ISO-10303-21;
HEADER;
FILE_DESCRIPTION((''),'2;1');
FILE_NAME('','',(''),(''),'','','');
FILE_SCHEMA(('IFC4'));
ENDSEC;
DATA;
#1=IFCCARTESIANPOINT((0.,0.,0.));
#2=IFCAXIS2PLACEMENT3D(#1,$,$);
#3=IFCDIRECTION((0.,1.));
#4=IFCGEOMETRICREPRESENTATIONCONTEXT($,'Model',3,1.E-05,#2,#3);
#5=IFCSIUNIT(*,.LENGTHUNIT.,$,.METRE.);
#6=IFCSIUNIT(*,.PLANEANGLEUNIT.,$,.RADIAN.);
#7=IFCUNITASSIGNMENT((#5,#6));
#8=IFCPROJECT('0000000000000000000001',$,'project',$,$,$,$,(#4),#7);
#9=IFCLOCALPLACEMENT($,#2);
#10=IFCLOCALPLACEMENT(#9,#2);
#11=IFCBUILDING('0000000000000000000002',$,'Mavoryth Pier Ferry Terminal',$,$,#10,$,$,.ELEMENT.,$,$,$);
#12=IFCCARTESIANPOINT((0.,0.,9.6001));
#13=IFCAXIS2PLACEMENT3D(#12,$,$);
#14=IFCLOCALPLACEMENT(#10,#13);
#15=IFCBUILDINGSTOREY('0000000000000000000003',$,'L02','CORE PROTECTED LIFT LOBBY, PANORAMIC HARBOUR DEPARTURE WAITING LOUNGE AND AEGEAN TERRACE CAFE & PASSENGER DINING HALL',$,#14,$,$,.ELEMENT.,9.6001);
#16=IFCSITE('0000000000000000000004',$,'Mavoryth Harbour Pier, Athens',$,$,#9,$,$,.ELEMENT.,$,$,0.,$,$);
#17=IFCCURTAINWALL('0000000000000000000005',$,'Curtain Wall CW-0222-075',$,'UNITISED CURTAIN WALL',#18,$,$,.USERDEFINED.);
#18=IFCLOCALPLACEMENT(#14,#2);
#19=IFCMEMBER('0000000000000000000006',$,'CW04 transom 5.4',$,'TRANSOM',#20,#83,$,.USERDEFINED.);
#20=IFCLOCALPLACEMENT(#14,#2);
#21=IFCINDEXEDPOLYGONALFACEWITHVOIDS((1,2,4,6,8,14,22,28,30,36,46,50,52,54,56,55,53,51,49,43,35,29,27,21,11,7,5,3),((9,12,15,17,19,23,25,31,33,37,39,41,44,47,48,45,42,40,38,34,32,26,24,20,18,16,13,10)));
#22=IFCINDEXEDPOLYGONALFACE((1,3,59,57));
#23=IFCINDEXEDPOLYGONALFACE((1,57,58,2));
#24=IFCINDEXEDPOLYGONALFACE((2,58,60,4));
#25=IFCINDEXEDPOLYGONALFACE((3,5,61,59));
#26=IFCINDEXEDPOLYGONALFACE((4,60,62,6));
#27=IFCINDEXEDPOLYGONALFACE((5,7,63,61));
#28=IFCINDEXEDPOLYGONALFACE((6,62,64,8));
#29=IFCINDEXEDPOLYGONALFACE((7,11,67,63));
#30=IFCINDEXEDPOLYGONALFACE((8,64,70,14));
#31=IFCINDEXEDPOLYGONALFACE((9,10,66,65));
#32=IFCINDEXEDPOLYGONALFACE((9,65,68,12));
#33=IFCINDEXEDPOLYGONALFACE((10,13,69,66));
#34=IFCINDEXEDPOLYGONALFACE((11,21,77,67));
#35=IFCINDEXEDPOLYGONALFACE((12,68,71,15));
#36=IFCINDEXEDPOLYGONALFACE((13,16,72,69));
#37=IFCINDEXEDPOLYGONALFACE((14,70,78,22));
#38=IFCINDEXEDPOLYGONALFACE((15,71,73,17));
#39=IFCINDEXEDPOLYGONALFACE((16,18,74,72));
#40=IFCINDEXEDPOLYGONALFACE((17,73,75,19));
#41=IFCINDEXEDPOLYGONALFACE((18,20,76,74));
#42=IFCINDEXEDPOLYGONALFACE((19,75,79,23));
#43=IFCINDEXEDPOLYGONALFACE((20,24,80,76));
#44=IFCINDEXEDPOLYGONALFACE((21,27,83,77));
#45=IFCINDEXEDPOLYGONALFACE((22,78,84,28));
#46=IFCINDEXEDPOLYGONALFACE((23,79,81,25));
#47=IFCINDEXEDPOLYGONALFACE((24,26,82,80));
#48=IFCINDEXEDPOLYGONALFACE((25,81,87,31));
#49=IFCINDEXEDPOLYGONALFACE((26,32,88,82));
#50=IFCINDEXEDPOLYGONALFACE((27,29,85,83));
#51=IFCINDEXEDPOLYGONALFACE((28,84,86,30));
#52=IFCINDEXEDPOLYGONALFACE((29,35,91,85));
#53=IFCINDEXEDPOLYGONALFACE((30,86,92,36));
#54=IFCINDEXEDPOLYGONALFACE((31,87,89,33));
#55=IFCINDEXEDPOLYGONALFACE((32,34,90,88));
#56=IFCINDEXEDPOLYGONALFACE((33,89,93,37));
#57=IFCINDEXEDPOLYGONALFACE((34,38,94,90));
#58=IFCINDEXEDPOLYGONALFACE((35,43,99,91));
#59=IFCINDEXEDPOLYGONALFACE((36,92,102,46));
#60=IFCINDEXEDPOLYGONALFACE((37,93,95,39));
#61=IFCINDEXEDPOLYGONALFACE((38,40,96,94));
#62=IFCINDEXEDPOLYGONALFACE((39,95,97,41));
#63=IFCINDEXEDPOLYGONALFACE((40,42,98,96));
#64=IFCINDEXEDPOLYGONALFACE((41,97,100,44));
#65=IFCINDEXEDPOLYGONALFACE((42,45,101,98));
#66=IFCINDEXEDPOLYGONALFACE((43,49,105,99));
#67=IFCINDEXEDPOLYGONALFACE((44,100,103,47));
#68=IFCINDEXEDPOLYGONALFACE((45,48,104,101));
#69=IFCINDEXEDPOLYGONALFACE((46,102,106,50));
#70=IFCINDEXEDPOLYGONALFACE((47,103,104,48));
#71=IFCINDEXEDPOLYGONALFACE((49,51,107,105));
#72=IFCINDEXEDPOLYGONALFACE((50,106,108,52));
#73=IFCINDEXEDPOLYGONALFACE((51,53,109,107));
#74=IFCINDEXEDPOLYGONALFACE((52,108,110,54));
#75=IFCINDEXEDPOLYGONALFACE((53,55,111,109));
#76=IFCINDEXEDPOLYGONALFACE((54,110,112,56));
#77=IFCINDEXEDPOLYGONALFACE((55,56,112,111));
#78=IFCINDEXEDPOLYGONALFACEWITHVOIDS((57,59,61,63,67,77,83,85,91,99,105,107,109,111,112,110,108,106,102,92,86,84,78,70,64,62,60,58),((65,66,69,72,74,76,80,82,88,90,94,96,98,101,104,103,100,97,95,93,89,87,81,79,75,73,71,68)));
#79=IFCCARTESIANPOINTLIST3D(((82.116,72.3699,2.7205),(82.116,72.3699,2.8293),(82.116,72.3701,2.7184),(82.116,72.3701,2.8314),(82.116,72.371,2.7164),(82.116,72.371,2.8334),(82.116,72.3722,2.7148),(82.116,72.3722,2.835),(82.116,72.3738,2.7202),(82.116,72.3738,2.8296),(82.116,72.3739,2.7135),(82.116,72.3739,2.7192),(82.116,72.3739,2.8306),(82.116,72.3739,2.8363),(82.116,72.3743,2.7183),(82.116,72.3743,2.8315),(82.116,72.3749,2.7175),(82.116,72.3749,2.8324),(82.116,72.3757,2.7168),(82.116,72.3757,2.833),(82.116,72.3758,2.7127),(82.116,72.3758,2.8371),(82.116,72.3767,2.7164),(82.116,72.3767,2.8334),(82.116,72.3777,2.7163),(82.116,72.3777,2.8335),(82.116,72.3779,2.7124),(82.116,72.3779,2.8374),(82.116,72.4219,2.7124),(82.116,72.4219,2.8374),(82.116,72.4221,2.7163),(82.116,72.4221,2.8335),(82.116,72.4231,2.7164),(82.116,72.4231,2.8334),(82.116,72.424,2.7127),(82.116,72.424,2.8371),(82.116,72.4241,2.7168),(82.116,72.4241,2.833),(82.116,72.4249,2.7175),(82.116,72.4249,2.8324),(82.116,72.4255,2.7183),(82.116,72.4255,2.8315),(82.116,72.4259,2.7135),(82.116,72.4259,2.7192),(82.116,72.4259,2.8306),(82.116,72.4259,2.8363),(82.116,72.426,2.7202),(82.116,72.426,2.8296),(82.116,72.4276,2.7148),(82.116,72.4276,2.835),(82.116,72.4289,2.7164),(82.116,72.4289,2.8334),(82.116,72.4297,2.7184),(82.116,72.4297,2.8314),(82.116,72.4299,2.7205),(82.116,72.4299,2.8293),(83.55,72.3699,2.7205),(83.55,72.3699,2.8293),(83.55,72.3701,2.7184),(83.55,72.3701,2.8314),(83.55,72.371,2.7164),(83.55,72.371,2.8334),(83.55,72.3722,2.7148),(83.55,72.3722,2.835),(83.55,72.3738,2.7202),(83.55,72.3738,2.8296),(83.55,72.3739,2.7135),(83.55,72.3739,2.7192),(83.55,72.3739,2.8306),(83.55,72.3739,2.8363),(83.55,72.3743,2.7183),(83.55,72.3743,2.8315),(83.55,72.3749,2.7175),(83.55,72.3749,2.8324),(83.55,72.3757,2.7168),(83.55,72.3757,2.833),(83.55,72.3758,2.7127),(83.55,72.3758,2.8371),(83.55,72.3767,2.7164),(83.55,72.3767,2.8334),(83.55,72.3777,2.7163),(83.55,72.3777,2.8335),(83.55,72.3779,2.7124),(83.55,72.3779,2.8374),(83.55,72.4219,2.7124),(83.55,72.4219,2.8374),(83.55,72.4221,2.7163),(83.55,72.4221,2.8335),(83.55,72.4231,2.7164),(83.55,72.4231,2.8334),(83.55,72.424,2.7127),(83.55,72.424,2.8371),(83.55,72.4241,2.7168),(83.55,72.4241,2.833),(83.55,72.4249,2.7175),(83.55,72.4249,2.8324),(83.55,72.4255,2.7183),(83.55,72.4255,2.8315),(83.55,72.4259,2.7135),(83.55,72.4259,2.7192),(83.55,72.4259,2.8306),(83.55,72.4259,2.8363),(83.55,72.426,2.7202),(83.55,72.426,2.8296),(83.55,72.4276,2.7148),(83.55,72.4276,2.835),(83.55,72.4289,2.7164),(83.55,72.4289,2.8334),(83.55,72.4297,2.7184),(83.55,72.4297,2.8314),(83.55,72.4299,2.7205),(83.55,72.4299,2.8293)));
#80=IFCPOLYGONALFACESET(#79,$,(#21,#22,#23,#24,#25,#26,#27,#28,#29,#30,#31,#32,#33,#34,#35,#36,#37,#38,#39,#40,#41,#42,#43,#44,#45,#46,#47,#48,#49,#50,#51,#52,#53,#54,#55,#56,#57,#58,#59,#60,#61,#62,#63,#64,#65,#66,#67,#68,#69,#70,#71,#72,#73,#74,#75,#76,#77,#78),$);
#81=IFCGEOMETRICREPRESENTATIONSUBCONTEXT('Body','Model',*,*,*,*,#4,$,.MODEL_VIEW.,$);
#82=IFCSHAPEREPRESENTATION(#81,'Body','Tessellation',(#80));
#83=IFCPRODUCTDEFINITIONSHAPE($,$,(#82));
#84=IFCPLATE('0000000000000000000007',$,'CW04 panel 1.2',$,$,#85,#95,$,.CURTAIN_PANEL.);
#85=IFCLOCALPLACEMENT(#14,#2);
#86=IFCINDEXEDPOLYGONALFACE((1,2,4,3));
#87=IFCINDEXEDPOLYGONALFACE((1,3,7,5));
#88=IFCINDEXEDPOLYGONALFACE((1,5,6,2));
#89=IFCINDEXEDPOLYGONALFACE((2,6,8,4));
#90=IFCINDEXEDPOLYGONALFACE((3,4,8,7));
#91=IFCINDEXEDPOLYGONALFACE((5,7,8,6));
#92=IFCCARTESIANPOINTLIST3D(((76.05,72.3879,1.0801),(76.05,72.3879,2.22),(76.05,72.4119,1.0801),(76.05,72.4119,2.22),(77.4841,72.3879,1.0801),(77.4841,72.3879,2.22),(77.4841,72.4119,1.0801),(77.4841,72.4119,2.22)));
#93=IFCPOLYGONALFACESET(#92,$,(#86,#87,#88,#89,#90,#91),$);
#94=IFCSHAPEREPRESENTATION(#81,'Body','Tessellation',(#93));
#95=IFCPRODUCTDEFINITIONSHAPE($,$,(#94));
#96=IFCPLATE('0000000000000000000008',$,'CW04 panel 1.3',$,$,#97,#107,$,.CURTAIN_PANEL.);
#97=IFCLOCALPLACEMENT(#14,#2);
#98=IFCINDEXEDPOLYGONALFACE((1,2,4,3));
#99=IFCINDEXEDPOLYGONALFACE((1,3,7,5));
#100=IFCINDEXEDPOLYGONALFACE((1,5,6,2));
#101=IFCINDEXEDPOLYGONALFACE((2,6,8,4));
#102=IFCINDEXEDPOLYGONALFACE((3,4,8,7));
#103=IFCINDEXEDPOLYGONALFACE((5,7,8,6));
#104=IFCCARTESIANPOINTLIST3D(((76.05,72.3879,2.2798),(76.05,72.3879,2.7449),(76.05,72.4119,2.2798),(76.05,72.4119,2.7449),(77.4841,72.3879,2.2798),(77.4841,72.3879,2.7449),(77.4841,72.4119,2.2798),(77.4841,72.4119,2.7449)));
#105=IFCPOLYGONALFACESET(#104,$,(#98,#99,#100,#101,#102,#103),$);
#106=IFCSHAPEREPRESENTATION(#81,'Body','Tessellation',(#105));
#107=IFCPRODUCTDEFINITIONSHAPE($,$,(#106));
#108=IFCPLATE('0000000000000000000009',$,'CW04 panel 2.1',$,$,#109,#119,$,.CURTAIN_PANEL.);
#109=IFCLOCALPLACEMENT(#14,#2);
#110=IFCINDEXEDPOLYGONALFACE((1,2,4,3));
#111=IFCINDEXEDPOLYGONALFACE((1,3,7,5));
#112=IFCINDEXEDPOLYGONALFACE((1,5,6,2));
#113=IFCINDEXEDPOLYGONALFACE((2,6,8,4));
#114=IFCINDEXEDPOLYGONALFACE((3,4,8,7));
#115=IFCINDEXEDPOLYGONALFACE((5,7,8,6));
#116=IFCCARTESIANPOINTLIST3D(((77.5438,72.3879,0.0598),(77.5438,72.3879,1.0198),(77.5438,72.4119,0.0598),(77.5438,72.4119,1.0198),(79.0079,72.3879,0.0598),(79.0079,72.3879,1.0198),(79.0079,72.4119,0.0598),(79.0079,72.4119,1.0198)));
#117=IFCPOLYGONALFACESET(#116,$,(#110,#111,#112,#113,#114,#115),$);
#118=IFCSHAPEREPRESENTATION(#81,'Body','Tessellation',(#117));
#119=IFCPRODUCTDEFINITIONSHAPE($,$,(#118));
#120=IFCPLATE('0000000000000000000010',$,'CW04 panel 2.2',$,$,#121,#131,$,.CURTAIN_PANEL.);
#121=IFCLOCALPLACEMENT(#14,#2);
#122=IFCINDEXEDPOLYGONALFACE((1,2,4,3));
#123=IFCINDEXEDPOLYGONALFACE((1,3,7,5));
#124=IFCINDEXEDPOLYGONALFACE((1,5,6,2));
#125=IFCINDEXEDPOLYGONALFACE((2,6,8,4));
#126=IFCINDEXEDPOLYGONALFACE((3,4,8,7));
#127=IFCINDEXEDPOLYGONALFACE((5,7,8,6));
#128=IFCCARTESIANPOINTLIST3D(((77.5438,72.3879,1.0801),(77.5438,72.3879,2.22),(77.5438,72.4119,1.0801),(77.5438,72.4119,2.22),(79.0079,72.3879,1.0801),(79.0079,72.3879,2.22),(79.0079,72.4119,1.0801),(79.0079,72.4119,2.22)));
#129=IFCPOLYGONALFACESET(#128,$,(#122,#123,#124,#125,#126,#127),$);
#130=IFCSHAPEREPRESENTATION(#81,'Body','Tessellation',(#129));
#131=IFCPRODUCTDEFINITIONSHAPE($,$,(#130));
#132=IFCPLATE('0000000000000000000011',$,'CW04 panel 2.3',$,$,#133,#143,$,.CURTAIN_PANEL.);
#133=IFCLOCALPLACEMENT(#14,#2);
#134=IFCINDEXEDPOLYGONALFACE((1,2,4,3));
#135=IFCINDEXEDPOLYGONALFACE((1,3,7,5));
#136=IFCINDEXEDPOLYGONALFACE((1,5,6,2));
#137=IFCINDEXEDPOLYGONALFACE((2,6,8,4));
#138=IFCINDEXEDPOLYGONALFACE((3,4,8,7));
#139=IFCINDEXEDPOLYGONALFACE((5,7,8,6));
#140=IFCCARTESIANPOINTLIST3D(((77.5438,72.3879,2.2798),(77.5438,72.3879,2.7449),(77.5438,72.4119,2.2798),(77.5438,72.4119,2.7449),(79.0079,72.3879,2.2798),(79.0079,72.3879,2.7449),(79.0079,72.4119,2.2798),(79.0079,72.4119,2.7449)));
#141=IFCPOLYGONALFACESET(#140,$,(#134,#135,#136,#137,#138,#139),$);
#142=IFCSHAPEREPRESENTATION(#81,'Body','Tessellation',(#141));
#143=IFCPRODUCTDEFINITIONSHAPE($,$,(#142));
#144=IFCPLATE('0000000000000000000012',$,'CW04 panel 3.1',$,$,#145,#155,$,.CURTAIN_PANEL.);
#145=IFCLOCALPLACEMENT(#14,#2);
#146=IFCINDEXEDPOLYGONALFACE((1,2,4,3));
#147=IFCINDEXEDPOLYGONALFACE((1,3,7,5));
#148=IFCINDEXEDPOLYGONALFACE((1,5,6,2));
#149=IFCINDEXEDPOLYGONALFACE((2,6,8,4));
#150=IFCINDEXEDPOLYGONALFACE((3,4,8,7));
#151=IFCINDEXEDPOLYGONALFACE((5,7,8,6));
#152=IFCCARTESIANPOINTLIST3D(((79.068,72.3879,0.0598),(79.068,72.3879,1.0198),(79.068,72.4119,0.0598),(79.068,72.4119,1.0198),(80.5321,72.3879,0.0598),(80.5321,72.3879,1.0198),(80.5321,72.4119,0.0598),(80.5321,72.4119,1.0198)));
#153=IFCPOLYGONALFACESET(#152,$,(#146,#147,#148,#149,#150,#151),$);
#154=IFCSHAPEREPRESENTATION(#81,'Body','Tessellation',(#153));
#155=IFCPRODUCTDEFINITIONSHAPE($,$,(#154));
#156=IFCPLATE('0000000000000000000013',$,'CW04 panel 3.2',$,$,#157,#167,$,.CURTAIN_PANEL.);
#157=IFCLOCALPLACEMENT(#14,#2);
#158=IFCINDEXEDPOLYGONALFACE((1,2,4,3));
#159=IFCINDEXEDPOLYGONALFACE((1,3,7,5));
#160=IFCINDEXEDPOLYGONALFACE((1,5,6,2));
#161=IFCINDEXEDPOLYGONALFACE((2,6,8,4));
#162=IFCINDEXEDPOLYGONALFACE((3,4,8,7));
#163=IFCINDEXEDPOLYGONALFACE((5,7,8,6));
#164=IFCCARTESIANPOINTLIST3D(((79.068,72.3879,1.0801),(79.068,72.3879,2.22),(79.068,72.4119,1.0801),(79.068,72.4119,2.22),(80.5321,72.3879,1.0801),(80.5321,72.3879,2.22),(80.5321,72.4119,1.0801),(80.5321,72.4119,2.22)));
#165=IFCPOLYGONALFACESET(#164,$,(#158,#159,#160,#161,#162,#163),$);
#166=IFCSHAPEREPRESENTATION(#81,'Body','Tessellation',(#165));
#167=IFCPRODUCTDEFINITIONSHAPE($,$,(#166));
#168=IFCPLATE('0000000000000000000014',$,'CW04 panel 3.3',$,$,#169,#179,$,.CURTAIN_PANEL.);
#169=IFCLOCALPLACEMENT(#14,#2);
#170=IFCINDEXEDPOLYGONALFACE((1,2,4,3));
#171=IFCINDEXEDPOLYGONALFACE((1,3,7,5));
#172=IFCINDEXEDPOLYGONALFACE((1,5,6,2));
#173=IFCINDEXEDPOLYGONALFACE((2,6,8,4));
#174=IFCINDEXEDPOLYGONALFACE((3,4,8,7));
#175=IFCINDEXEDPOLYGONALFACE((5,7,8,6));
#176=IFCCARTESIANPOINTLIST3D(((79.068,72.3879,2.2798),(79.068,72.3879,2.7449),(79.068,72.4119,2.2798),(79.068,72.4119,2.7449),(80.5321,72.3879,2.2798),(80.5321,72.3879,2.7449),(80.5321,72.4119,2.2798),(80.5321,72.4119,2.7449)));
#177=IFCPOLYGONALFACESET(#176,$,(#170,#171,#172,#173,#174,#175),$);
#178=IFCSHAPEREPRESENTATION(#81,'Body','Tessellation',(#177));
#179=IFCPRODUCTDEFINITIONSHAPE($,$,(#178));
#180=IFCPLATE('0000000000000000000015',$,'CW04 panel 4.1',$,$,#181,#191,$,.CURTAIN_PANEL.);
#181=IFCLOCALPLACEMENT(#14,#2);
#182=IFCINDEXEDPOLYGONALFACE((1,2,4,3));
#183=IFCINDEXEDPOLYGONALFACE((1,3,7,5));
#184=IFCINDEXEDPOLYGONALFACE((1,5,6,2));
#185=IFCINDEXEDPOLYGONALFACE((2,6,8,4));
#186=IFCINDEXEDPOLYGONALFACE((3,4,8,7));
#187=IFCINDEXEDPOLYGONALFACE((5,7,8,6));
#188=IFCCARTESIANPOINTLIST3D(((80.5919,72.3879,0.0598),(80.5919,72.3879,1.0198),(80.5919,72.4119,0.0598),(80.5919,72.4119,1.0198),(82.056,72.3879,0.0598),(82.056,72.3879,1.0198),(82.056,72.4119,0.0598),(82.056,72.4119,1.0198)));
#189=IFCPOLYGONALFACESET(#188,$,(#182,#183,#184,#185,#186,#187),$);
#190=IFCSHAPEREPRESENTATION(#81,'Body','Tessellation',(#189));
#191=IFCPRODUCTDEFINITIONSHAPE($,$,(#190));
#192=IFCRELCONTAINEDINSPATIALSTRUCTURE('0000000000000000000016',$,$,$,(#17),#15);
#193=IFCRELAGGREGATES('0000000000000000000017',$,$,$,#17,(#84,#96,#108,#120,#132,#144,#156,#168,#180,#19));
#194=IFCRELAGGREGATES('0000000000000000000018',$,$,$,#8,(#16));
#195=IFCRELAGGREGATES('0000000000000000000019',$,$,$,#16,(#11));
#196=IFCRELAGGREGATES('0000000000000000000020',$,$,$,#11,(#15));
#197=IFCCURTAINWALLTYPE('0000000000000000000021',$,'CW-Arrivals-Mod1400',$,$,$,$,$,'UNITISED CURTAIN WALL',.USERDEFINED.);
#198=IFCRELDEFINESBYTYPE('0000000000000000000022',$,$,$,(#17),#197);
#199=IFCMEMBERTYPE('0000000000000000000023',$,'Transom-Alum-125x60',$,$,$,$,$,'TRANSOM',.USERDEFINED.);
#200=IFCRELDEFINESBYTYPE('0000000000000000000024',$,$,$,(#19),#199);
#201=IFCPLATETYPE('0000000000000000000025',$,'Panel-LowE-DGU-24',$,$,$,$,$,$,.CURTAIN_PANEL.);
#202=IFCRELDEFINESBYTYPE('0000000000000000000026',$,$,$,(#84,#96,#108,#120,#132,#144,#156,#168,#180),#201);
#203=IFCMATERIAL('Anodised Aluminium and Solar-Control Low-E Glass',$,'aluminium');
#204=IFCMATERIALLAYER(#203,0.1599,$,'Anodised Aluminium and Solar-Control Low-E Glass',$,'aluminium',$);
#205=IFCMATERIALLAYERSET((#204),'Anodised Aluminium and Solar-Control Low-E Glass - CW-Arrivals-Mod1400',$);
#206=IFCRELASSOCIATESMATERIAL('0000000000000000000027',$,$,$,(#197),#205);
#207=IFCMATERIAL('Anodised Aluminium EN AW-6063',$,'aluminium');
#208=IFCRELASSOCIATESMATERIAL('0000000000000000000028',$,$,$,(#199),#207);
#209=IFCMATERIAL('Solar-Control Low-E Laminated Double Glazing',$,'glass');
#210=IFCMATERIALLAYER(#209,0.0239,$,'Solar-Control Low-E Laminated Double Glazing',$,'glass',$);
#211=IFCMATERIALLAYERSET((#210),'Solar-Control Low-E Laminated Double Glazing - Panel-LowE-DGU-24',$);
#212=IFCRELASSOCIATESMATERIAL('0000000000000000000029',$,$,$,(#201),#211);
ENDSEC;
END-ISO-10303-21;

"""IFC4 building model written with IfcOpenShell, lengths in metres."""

from ifc_helpers import new_model, si_unit, direction, frame, origin, origin_2d, place, context, subcontext, project, spatial, rectangle, hollow_rectangle, extrude, material, layer, layer_set, material_profile, profile_set, type_object, element, aggregate, save


model = new_model("IFC4")

# Units and contexts
model_context = context("Model", 3, precision=1e-05, world=origin(), true_north=direction((0.0, 1.0)))
body_context = subcontext(model_context, "Body", "Model", "MODEL_VIEW")
ifc_project = project(units=[si_unit("LENGTHUNIT", "METRE"), si_unit("PLANEANGLEUNIT", "RADIAN")], contexts=[model_context])

# Site, building, storey
site_placement = place(None, origin())
site = spatial("IfcSite", under=ifc_project, at=site_placement, Name="Mavoryth Harbour Pier, Athens", CompositionType="ELEMENT", RefElevation=0.0)
building_placement = place(site_placement, origin())
building = spatial("IfcBuilding", under=site, at=building_placement, Name="Mavoryth Pier Ferry Terminal", CompositionType="ELEMENT")
storey_placement = place(building_placement, frame((0.0, 0.0, 9.6001)))
storey = spatial("IfcBuildingStorey", under=building, at=storey_placement, Name="L02", Description="CORE PROTECTED LIFT LOBBY, PANORAMIC HARBOUR DEPARTURE WAITING LOUNGE AND AEGEAN TERRACE CAFE & PASSENGER DINING HALL", CompositionType="ELEMENT", Elevation=9.6001)

# Curtain wall, member, plates
ifc_material_1 = material(Name="Anodised Aluminium and Solar-Control Low-E Glass", Category="aluminium")
ifc_layer_1 = layer(ifc_material_1, 0.1599, Name="Anodised Aluminium and Solar-Control Low-E Glass", Category="aluminium")
ifc_layer_set_1 = layer_set([ifc_layer_1], Name="Anodised Aluminium and Solar-Control Low-E Glass - CW-Arrivals-Mod1400")
curtain_wall_type = type_object("IfcCurtainWallType", Name="CW-Arrivals-Mod1400", ElementType="UNITISED CURTAIN WALL", PredefinedType="USERDEFINED", material=ifc_layer_set_1)
curtain_wall_placement = place(storey_placement, origin())
curtain_wall = element("IfcCurtainWall", 1, at=curtain_wall_placement, inside=storey, type_object=curtain_wall_type, Name="Curtain Wall CW-0222-075", ObjectType="UNITISED CURTAIN WALL", PredefinedType="USERDEFINED")
ifc_material_2 = material(Name="Anodised Aluminium EN AW-6063", Category="aluminium")
ifc_material_profile_1 = material_profile(ifc_material_2, hollow_rectangle(XDim=0.0601, YDim=0.125, WallThickness=0.0039, InnerFilletRadius=0.0039, OuterFilletRadius=0.0081, at=origin_2d()), Name="AL-TRAN 125x60x4", Category="aluminium")
ifc_profile_set_1 = profile_set([ifc_material_profile_1], Name="Anodised Aluminium EN AW-6063 - AL-TRAN 125x60x4")
member_type_1 = type_object("IfcMemberType", Name="Transom-Alum-125x60", ElementType="TRANSOM", PredefinedType="USERDEFINED", material=ifc_profile_set_1)
member_1_placement = place(storey_placement, frame((82.116, 72.3999, 2.7749), z_axis=(1.0, 0.0, 0.0), x_axis=(0.0, 1.0, 0.0)))
member_1 = element("IfcMember", 2, at=member_1_placement, type_object=member_type_1, Name="CW04 transom 5.4", ObjectType="TRANSOM", PredefinedType="USERDEFINED", context=body_context, shape_type="SweptSolid", body=[
    extrude(hollow_rectangle(XDim=0.0601, YDim=0.125, WallThickness=0.0039, InnerFilletRadius=0.0039, OuterFilletRadius=0.0081, at=origin_2d()), origin(), (0.0, 0.0, 1.0), 1.4341),
])
ifc_material_3 = material(Name="Solar-Control Low-E Laminated Double Glazing", Category="glass")
ifc_layer_2 = layer(ifc_material_3, 0.0239, Name="Solar-Control Low-E Laminated Double Glazing", Category="glass")
ifc_layer_set_2 = layer_set([ifc_layer_2], Name="Solar-Control Low-E Laminated Double Glazing - Panel-LowE-DGU-24")
plate_type = type_object("IfcPlateType", Name="Panel-LowE-DGU-24", PredefinedType="CURTAIN_PANEL", material=ifc_layer_set_2)
plate_1_placement = place(storey_placement, frame((76.7671, 72.3999, 1.0801), z_axis=(0.0, 0.0, 1.0), x_axis=(1.0, 0.0, 0.0)))
plate_1 = element("IfcPlate", 3, at=plate_1_placement, type_object=plate_type, Name="CW04 panel 1.2", PredefinedType="CURTAIN_PANEL", context=body_context, shape_type="SweptSolid", body=[
    extrude(rectangle(XDim=1.4341, YDim=0.0239, at=origin_2d()), origin(), (0.0, 0.0, 1.0), 1.1399),
])
plate_2_placement = place(storey_placement, frame((76.7671, 72.3999, 2.2798), z_axis=(0.0, 0.0, 1.0), x_axis=(1.0, 0.0, 0.0)))
plate_2 = element("IfcPlate", 4, at=plate_2_placement, type_object=plate_type, Name="CW04 panel 1.3", PredefinedType="CURTAIN_PANEL", context=body_context, shape_type="SweptSolid", body=[
    extrude(rectangle(XDim=1.4341, YDim=0.0239, at=origin_2d()), origin(), (0.0, 0.0, 1.0), 0.4651),
])
plate_3_placement = place(storey_placement, frame((78.2759, 72.3999, 0.0598), z_axis=(0.0, 0.0, 1.0), x_axis=(1.0, 0.0, 0.0)))
plate_3 = element("IfcPlate", 5, at=plate_3_placement, type_object=plate_type, Name="CW04 panel 2.1", PredefinedType="CURTAIN_PANEL", context=body_context, shape_type="SweptSolid", body=[
    extrude(rectangle(XDim=1.4641, YDim=0.0239, at=origin_2d()), origin(), (0.0, 0.0, 1.0), 0.96),
])
plate_4_placement = place(storey_placement, frame((78.2759, 72.3999, 1.0801), z_axis=(0.0, 0.0, 1.0), x_axis=(1.0, 0.0, 0.0)))
plate_4 = element("IfcPlate", 6, at=plate_4_placement, type_object=plate_type, Name="CW04 panel 2.2", PredefinedType="CURTAIN_PANEL", context=body_context, shape_type="SweptSolid", body=[
    extrude(rectangle(XDim=1.4641, YDim=0.0239, at=origin_2d()), origin(), (0.0, 0.0, 1.0), 1.1399),
])
plate_5_placement = place(storey_placement, frame((78.2759, 72.3999, 2.2798), z_axis=(0.0, 0.0, 1.0), x_axis=(1.0, 0.0, 0.0)))
plate_5 = element("IfcPlate", 7, at=plate_5_placement, type_object=plate_type, Name="CW04 panel 2.3", PredefinedType="CURTAIN_PANEL", context=body_context, shape_type="SweptSolid", body=[
    extrude(rectangle(XDim=1.4641, YDim=0.0239, at=origin_2d()), origin(), (0.0, 0.0, 1.0), 0.4651),
])
plate_6_placement = place(storey_placement, frame((79.8, 72.3999, 0.0598), z_axis=(0.0, 0.0, 1.0), x_axis=(1.0, 0.0, 0.0)))
plate_6 = element("IfcPlate", 8, at=plate_6_placement, type_object=plate_type, Name="CW04 panel 3.1", PredefinedType="CURTAIN_PANEL", context=body_context, shape_type="SweptSolid", body=[
    extrude(rectangle(XDim=1.4641, YDim=0.0239, at=origin_2d()), origin(), (0.0, 0.0, 1.0), 0.96),
])
plate_7_placement = place(storey_placement, frame((79.8, 72.3999, 1.0801), z_axis=(0.0, 0.0, 1.0), x_axis=(1.0, 0.0, 0.0)))
plate_7 = element("IfcPlate", 9, at=plate_7_placement, type_object=plate_type, Name="CW04 panel 3.2", PredefinedType="CURTAIN_PANEL", context=body_context, shape_type="SweptSolid", body=[
    extrude(rectangle(XDim=1.4641, YDim=0.0239, at=origin_2d()), origin(), (0.0, 0.0, 1.0), 1.1399),
])
plate_8_placement = place(storey_placement, frame((79.8, 72.3999, 2.2798), z_axis=(0.0, 0.0, 1.0), x_axis=(1.0, 0.0, 0.0)))
plate_8 = element("IfcPlate", 10, at=plate_8_placement, type_object=plate_type, Name="CW04 panel 3.3", PredefinedType="CURTAIN_PANEL", context=body_context, shape_type="SweptSolid", body=[
    extrude(rectangle(XDim=1.4641, YDim=0.0239, at=origin_2d()), origin(), (0.0, 0.0, 1.0), 0.4651),
])
plate_9_placement = place(storey_placement, frame((81.324, 72.3999, 0.0598), z_axis=(0.0, 0.0, 1.0), x_axis=(1.0, 0.0, 0.0)))
plate_9 = element("IfcPlate", 11, at=plate_9_placement, type_object=plate_type, Name="CW04 panel 4.1", PredefinedType="CURTAIN_PANEL", context=body_context, shape_type="SweptSolid", body=[
    extrude(rectangle(XDim=1.4641, YDim=0.0239, at=origin_2d()), origin(), (0.0, 0.0, 1.0), 0.96),
])
aggregate(curtain_wall, [plate_1, plate_2, plate_3, plate_4, plate_5, plate_6, plate_7, plate_8, plate_9, member_1])

save(model, "model.ifc")
